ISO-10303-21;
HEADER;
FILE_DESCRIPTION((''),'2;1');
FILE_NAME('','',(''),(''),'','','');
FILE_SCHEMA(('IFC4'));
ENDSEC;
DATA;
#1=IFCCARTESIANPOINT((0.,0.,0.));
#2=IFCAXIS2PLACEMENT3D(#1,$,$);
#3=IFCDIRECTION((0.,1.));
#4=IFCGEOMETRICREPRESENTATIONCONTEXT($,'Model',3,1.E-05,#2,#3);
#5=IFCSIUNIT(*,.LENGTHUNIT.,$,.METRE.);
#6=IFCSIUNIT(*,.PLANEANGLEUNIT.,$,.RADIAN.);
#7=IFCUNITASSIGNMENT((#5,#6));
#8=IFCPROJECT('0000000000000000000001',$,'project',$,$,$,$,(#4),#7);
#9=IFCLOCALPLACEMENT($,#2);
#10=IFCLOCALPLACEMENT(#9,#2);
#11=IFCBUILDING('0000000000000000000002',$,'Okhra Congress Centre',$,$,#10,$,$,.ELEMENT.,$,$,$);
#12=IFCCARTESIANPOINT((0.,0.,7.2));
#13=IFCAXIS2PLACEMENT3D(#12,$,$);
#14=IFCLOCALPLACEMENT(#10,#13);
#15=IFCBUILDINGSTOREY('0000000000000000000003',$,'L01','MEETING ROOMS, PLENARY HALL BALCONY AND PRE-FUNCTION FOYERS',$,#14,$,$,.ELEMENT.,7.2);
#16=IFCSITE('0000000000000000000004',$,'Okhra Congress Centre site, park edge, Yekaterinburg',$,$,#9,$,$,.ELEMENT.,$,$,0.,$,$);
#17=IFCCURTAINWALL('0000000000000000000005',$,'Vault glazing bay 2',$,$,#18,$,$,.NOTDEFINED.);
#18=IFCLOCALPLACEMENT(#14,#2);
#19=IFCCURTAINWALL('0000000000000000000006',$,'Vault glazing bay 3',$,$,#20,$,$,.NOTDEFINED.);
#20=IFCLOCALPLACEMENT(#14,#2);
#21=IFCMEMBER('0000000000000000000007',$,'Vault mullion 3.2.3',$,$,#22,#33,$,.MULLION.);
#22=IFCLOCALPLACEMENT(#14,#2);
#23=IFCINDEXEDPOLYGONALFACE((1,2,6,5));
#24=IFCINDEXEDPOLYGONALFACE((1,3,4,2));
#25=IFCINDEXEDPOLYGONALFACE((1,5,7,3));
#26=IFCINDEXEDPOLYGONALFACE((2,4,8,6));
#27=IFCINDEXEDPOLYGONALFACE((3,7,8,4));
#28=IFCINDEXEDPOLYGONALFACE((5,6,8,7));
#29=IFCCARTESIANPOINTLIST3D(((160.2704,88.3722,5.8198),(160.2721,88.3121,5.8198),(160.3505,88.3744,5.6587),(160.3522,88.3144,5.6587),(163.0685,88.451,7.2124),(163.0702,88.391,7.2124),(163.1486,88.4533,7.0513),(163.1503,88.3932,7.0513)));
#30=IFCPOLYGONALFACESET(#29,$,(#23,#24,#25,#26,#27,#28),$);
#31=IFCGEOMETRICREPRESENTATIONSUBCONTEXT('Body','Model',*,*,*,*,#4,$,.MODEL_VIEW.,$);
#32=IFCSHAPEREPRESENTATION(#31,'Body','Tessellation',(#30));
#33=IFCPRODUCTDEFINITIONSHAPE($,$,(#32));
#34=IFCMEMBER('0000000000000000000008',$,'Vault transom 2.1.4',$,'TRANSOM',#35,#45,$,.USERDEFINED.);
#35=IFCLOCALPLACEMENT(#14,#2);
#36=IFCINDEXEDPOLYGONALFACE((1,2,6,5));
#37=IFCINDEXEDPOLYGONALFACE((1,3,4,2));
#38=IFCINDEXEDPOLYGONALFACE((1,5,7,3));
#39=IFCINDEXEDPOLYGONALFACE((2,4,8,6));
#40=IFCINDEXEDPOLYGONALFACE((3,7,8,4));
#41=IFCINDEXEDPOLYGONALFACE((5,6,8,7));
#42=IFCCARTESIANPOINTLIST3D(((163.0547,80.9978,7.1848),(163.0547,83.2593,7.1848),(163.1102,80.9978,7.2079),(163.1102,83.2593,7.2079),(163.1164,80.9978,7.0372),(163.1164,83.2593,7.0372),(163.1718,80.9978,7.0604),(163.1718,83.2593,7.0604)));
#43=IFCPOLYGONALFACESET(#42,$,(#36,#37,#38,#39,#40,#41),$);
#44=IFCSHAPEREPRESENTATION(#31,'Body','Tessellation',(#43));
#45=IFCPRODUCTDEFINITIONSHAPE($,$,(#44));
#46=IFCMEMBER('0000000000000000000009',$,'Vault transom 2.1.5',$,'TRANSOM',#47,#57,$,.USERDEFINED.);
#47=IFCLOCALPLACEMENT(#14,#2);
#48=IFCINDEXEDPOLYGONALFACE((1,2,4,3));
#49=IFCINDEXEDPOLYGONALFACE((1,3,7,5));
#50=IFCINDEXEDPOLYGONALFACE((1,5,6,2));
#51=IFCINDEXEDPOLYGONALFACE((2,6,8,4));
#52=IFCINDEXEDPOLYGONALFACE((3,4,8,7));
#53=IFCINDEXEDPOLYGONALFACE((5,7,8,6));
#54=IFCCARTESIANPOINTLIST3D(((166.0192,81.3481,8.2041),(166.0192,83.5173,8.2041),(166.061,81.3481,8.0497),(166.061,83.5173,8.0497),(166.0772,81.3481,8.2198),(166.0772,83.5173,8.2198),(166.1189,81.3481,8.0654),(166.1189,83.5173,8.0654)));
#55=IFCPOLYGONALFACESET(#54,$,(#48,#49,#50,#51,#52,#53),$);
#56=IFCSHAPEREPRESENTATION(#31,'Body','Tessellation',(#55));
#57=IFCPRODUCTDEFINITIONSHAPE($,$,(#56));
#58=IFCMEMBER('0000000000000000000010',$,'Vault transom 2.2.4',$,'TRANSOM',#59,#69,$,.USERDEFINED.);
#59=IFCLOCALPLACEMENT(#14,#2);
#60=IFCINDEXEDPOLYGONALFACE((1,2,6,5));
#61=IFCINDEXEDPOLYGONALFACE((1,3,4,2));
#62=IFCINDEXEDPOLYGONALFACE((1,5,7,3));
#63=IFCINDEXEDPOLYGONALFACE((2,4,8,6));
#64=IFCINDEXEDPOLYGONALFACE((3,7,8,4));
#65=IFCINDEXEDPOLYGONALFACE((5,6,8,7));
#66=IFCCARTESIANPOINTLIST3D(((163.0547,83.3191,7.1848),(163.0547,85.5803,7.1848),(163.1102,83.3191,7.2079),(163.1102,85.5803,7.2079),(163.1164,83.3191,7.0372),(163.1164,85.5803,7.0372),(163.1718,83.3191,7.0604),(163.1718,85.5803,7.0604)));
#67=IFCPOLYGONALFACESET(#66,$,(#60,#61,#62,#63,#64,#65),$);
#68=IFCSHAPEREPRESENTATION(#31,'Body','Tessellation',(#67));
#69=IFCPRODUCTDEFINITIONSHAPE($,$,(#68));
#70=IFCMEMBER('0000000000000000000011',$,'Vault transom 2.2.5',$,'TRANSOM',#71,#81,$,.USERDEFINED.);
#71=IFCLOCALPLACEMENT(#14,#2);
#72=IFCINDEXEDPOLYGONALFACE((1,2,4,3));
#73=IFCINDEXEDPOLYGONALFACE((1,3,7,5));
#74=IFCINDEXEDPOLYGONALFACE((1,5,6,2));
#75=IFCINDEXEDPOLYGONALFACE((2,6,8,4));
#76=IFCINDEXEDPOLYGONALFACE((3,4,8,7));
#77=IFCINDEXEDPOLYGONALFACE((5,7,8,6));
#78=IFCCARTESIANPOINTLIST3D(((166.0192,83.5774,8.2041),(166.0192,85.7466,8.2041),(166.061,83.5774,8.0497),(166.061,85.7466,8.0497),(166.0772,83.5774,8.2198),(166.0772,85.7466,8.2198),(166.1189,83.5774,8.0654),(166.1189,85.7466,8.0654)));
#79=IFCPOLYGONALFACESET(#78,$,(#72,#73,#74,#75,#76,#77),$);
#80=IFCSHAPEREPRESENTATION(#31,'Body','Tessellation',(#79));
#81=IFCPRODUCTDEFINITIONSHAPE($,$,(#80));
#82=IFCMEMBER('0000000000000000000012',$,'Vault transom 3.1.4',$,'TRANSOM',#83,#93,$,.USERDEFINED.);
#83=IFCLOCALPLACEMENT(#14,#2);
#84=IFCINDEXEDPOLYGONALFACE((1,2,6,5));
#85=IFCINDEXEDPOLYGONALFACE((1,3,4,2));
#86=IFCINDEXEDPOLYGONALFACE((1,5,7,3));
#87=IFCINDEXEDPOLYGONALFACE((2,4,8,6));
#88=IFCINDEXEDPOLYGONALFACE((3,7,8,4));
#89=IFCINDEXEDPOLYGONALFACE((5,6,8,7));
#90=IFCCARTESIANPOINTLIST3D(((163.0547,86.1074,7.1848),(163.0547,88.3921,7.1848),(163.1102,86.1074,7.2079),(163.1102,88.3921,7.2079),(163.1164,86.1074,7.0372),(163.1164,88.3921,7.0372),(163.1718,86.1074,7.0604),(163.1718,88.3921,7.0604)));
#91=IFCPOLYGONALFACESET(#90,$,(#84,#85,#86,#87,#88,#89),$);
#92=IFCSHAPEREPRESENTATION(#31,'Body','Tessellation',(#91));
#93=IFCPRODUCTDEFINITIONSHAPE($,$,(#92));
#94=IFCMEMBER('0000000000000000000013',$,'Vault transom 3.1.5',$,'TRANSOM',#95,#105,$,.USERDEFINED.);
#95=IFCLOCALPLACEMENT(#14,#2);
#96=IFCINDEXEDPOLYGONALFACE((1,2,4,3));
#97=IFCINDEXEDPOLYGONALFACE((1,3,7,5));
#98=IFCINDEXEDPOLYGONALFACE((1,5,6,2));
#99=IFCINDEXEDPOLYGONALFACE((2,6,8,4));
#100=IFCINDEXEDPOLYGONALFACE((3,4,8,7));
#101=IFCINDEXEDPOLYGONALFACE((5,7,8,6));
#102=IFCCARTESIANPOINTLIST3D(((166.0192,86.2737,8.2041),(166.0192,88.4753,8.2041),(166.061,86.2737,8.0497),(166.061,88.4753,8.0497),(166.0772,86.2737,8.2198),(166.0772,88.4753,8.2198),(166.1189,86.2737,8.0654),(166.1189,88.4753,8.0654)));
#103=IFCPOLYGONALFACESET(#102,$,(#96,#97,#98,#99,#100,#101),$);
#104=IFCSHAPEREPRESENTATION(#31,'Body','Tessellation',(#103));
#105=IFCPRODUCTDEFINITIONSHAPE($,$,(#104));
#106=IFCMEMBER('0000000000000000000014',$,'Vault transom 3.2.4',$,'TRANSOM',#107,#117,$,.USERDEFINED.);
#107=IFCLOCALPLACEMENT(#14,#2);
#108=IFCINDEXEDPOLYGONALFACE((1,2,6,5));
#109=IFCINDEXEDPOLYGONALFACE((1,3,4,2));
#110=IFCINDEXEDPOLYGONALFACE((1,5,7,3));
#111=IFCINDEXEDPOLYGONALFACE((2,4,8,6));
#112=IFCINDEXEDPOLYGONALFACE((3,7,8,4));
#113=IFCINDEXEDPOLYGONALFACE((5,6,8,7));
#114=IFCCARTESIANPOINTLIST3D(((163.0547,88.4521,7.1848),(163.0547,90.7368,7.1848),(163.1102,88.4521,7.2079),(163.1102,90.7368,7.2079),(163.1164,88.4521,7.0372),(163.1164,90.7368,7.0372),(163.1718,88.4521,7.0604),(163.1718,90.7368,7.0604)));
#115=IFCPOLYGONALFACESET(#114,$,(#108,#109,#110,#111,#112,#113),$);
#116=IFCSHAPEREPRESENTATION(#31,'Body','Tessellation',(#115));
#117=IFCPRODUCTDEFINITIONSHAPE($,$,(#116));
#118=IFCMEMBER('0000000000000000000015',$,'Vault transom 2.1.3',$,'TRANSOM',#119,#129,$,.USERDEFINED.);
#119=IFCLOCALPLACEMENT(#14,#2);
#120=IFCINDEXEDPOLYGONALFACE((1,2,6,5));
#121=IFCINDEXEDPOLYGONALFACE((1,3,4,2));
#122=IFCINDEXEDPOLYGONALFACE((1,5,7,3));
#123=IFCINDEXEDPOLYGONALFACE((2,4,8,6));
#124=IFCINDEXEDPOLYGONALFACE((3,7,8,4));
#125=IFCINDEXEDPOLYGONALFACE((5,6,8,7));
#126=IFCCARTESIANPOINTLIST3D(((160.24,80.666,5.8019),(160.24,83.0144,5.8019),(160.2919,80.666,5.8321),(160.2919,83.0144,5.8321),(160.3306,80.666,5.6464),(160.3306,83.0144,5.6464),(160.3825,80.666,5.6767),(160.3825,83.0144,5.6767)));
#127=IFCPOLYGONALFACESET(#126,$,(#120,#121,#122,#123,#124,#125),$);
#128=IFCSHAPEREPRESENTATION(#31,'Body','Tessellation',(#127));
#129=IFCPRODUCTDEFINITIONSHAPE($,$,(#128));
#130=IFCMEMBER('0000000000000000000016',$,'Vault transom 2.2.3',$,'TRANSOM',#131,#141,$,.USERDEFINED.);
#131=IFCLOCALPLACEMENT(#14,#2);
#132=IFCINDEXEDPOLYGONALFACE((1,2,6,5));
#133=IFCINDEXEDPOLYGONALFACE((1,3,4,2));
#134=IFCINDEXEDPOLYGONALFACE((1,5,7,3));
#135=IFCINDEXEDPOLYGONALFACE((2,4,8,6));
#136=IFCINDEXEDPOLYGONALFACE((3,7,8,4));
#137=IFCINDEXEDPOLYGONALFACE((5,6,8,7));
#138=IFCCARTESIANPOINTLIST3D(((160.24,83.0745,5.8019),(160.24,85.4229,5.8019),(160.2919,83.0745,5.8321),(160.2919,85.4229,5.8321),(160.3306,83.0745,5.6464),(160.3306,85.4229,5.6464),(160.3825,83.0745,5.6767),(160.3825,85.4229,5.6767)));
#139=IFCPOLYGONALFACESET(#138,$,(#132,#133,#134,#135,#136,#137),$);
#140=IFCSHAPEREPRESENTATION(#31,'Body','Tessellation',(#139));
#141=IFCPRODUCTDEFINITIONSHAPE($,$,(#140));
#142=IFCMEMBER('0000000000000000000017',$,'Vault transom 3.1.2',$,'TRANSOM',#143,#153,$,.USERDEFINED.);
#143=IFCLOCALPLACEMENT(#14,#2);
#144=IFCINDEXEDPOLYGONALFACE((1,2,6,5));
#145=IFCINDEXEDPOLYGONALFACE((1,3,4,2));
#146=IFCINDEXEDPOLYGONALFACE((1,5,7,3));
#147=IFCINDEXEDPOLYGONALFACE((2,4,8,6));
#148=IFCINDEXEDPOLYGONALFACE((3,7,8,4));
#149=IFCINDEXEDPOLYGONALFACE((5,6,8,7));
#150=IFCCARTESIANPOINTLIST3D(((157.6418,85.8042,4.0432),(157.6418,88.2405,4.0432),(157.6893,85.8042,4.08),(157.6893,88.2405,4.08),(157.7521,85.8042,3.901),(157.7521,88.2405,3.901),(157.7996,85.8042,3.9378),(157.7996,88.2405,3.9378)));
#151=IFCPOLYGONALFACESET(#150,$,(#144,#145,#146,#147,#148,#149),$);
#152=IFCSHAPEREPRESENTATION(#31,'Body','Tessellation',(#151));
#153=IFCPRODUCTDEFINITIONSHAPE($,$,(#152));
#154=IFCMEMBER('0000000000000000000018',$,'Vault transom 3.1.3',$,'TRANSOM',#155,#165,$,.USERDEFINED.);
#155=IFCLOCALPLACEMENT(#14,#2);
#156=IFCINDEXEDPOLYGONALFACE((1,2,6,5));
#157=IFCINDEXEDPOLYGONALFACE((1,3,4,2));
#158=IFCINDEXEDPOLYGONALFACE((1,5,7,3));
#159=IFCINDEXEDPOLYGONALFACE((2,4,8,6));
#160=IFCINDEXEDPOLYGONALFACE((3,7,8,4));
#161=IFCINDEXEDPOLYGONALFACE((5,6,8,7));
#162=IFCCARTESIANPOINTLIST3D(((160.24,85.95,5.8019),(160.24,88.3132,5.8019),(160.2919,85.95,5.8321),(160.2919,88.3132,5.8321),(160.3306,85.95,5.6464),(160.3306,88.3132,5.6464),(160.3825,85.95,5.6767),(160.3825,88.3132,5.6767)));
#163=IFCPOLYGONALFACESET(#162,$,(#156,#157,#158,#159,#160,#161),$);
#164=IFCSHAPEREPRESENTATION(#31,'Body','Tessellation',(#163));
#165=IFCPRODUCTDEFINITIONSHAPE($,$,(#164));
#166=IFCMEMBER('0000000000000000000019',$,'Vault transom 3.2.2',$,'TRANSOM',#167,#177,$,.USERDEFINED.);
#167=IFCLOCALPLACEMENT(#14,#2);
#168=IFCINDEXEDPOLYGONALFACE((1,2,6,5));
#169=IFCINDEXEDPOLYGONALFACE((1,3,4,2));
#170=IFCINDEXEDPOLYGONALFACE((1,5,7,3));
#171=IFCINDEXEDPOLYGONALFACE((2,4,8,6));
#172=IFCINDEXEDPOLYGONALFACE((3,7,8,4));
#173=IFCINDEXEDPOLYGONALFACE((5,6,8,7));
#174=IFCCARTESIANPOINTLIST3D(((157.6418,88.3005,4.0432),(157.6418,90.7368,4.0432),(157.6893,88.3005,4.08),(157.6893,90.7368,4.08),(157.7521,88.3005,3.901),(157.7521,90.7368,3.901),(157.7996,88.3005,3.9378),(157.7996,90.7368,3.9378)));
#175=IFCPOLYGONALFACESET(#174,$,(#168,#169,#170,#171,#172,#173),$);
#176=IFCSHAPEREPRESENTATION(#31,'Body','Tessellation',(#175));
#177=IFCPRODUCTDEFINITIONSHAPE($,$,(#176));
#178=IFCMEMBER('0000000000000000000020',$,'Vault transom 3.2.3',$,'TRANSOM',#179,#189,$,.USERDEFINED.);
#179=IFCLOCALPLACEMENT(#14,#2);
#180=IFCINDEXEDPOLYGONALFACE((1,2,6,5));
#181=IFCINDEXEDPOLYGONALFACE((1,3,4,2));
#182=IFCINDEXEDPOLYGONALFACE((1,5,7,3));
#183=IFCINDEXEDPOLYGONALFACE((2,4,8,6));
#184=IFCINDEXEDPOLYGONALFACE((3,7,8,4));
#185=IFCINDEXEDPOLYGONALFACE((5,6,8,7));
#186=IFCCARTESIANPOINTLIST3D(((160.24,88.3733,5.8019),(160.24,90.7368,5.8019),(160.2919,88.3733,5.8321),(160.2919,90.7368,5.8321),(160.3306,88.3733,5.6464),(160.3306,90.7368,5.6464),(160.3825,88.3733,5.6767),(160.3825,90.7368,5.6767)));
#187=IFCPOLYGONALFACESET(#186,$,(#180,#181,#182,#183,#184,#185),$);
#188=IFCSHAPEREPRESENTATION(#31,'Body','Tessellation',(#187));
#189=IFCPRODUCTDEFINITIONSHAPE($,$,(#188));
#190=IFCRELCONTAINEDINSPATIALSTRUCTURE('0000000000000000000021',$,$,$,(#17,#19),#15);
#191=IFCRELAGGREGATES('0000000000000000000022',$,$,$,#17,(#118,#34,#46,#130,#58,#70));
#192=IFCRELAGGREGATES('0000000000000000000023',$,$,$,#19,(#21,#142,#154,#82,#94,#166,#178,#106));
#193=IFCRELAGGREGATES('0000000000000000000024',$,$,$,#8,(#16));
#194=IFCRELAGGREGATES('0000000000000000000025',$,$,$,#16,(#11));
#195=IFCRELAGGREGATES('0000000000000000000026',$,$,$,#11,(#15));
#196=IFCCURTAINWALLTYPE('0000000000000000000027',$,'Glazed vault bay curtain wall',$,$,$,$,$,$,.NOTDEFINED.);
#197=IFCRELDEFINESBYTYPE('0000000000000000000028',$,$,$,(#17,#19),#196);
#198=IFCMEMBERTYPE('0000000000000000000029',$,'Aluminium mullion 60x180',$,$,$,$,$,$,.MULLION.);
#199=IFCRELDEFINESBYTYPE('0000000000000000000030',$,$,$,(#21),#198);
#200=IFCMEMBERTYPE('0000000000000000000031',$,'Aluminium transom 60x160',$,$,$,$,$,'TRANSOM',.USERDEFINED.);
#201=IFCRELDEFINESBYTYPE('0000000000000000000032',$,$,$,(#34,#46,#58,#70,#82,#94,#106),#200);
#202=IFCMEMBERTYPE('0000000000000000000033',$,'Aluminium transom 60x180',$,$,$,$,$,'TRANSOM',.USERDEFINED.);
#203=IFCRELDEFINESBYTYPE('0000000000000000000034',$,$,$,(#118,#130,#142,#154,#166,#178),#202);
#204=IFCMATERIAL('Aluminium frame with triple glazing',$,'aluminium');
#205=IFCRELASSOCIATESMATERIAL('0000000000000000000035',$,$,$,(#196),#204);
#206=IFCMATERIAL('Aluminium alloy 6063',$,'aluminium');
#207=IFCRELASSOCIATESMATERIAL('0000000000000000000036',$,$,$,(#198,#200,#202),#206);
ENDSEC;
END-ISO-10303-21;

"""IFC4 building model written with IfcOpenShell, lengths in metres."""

from ifc_helpers import new_model, si_unit, direction, frame, origin, origin_2d, place, context, subcontext, project, spatial, rectangle, extrude, material, material_profile, profile_set, type_object, element, aggregate, save


model = new_model("IFC4")

# Units and contexts
model_context = context("Model", 3, precision=1e-05, world=origin(), true_north=direction((0.0, 1.0)))
body_context = subcontext(model_context, "Body", "Model", "MODEL_VIEW")
ifc_project = project(units=[si_unit("LENGTHUNIT", "METRE"), si_unit("PLANEANGLEUNIT", "RADIAN")], contexts=[model_context])

# Site, building, storey
site_placement = place(None, origin())
site = spatial("IfcSite", under=ifc_project, at=site_placement, Name="Okhra Congress Centre site, park edge, Yekaterinburg", CompositionType="ELEMENT", RefElevation=0.0)
building_placement = place(site_placement, origin())
building = spatial("IfcBuilding", under=site, at=building_placement, Name="Okhra Congress Centre", CompositionType="ELEMENT")
storey_placement = place(building_placement, frame((0.0, 0.0, 7.2)))
storey = spatial("IfcBuildingStorey", under=building, at=storey_placement, Name="L01", Description="MEETING ROOMS, PLENARY HALL BALCONY AND PRE-FUNCTION FOYERS", CompositionType="ELEMENT", Elevation=7.2)

# Shared definitions
ifc_material_1 = material(Name="Aluminium frame with triple glazing", Category="aluminium")
curtain_wall_type = type_object("IfcCurtainWallType", Name="Glazed vault bay curtain wall", PredefinedType="NOTDEFINED", material=ifc_material_1)
ifc_material_2 = material(Name="Aluminium alloy 6063", Category="aluminium")

# Curtain walls
curtain_wall_1_placement = place(storey_placement, origin())
curtain_wall_1 = element("IfcCurtainWall", 1, at=curtain_wall_1_placement, inside=storey, type_object=curtain_wall_type, Name="Vault glazing bay 2", PredefinedType="NOTDEFINED")
curtain_wall_2_placement = place(storey_placement, origin())
curtain_wall_2 = element("IfcCurtainWall", 2, at=curtain_wall_2_placement, inside=storey, type_object=curtain_wall_type, Name="Vault glazing bay 3", PredefinedType="NOTDEFINED")

# Members
ifc_material_profile_1 = material_profile(ifc_material_2, rectangle(XDim=0.0601, YDim=0.1799, at=origin_2d()), Name="AL 60x180")
ifc_profile_set_1 = profile_set([ifc_material_profile_1], Name="Aluminium alloy 6063")
member_type_1 = type_object("IfcMemberType", Name="Aluminium mullion 60x180", PredefinedType="MULLION", material=ifc_profile_set_1)
member_1_placement = place(storey_placement, frame((160.3113, 88.3433, 5.7393), z_axis=(0.894969, 0.025222, 0.445415), x_axis=(-0.028171, 0.999603, 0.0)))
member_1 = element("IfcMember", 3, at=member_1_placement, type_object=member_type_1, Name="Vault mullion 3.2.3", PredefinedType="MULLION", context=body_context, shape_type="SweptSolid", body=[
    extrude(rectangle(XDim=0.0601, YDim=0.1799, at=origin_2d()), origin(), (0.0, 0.0, 1.0), 3.1265),
])
ifc_material_profile_2 = material_profile(ifc_material_2, rectangle(XDim=0.0601, YDim=0.1599, at=origin_2d()), Name="AL 60x160 transom")
ifc_profile_set_2 = profile_set([ifc_material_profile_2], Name="Aluminium alloy 6063")
member_type_2 = type_object("IfcMemberType", Name="Aluminium transom 60x160", ElementType="TRANSOM", PredefinedType="USERDEFINED", material=ifc_profile_set_2)
member_2_placement = place(storey_placement, frame((163.1133, 80.9978, 7.1226), z_axis=(0.0, 1.0, 0.0), x_axis=(-0.922669, 0.0, -0.385593)))
member_2 = element("IfcMember", 4, at=member_2_placement, type_object=member_type_2, Name="Vault transom 2.1.4", ObjectType="TRANSOM", PredefinedType="USERDEFINED", context=body_context, shape_type="SweptSolid", body=[
    extrude(rectangle(XDim=0.0601, YDim=0.1599, at=origin_2d()), origin(), (0.0, 0.0, 1.0), 2.2615),
])
member_3_placement = place(storey_placement, frame((166.0691, 81.3481, 8.1348), z_axis=(0.0, 1.0, 0.0), x_axis=(-0.96538, 0.0, -0.260848)))
member_3 = element("IfcMember", 5, at=member_3_placement, type_object=member_type_2, Name="Vault transom 2.1.5", ObjectType="TRANSOM", PredefinedType="USERDEFINED", context=body_context, shape_type="SweptSolid", body=[
    extrude(rectangle(XDim=0.0601, YDim=0.1599, at=origin_2d()), origin(), (0.0, 0.0, 1.0), 2.1692),
])
member_4_placement = place(storey_placement, frame((163.1133, 83.3191, 7.1226), z_axis=(0.0, 1.0, 0.0), x_axis=(-0.922669, 0.0, -0.385593)))
member_4 = element("IfcMember", 6, at=member_4_placement, type_object=member_type_2, Name="Vault transom 2.2.4", ObjectType="TRANSOM", PredefinedType="USERDEFINED", context=body_context, shape_type="SweptSolid", body=[
    extrude(rectangle(XDim=0.0601, YDim=0.1599, at=origin_2d()), origin(), (0.0, 0.0, 1.0), 2.2612),
])
member_5_placement = place(storey_placement, frame((166.0691, 83.5774, 8.1348), z_axis=(0.0, 1.0, 0.0), x_axis=(-0.96538, 0.0, -0.260848)))
member_5 = element("IfcMember", 7, at=member_5_placement, type_object=member_type_2, Name="Vault transom 2.2.5", ObjectType="TRANSOM", PredefinedType="USERDEFINED", context=body_context, shape_type="SweptSolid", body=[
    extrude(rectangle(XDim=0.0601, YDim=0.1599, at=origin_2d()), origin(), (0.0, 0.0, 1.0), 2.1692),
])
member_6_placement = place(storey_placement, frame((163.1133, 86.1074, 7.1226), z_axis=(0.0, 1.0, 0.0), x_axis=(-0.922669, 0.0, -0.385593)))
member_6 = element("IfcMember", 8, at=member_6_placement, type_object=member_type_2, Name="Vault transom 3.1.4", ObjectType="TRANSOM", PredefinedType="USERDEFINED", context=body_context, shape_type="SweptSolid", body=[
    extrude(rectangle(XDim=0.0601, YDim=0.1599, at=origin_2d()), origin(), (0.0, 0.0, 1.0), 2.2847),
])
member_7_placement = place(storey_placement, frame((166.0691, 86.2737, 8.1348), z_axis=(0.0, 1.0, 0.0), x_axis=(-0.96538, 0.0, -0.260848)))
member_7 = element("IfcMember", 9, at=member_7_placement, type_object=member_type_2, Name="Vault transom 3.1.5", ObjectType="TRANSOM", PredefinedType="USERDEFINED", context=body_context, shape_type="SweptSolid", body=[
    extrude(rectangle(XDim=0.0601, YDim=0.1599, at=origin_2d()), origin(), (0.0, 0.0, 1.0), 2.2017),
])
member_8_placement = place(storey_placement, frame((163.1133, 88.4521, 7.1226), z_axis=(0.0, 1.0, 0.0), x_axis=(-0.922669, 0.0, -0.385593)))
member_8 = element("IfcMember", 10, at=member_8_placement, type_object=member_type_2, Name="Vault transom 3.2.4", ObjectType="TRANSOM", PredefinedType="USERDEFINED", context=body_context, shape_type="SweptSolid", body=[
    extrude(rectangle(XDim=0.0601, YDim=0.1599, at=origin_2d()), origin(), (0.0, 0.0, 1.0), 2.2847),
])
ifc_material_profile_3 = material_profile(ifc_material_2, rectangle(XDim=0.0601, YDim=0.1799, at=origin_2d()), Name="AL 60x180 transom")
ifc_profile_set_3 = profile_set([ifc_material_profile_3], Name="Aluminium alloy 6063")
member_type_3 = type_object("IfcMemberType", Name="Aluminium transom 60x180", ElementType="TRANSOM", PredefinedType="USERDEFINED", material=ifc_profile_set_3)
member_9_placement = place(storey_placement, frame((160.3113, 80.666, 5.7393), z_axis=(0.0, 1.0, 0.0), x_axis=(-0.863917, 0.0, -0.503634)))
member_9 = element("IfcMember", 11, at=member_9_placement, type_object=member_type_3, Name="Vault transom 2.1.3", ObjectType="TRANSOM", PredefinedType="USERDEFINED", context=body_context, shape_type="SweptSolid", body=[
    extrude(rectangle(XDim=0.0601, YDim=0.1799, at=origin_2d()), origin(), (0.0, 0.0, 1.0), 2.3484),
])
member_10_placement = place(storey_placement, frame((160.3113, 83.0745, 5.7393), z_axis=(0.0, 1.0, 0.0), x_axis=(-0.863917, 0.0, -0.503634)))
member_10 = element("IfcMember", 12, at=member_10_placement, type_object=member_type_3, Name="Vault transom 2.2.3", ObjectType="TRANSOM", PredefinedType="USERDEFINED", context=body_context, shape_type="SweptSolid", body=[
    extrude(rectangle(XDim=0.0601, YDim=0.1799, at=origin_2d()), origin(), (0.0, 0.0, 1.0), 2.3484),
])
member_11_placement = place(storey_placement, frame((157.7207, 85.8042, 3.9905), z_axis=(0.0, 1.0, 0.0), x_axis=(-0.790145, 0.0, -0.61292)))
member_11 = element("IfcMember", 13, at=member_11_placement, type_object=member_type_3, Name="Vault transom 3.1.2", ObjectType="TRANSOM", PredefinedType="USERDEFINED", context=body_context, shape_type="SweptSolid", body=[
    extrude(rectangle(XDim=0.0601, YDim=0.1799, at=origin_2d()), origin(), (0.0, 0.0, 1.0), 2.4363),
])
member_12_placement = place(storey_placement, frame((160.3113, 85.95, 5.7393), z_axis=(0.0, 1.0, 0.0), x_axis=(-0.863917, 0.0, -0.503634)))
member_12 = element("IfcMember", 14, at=member_12_placement, type_object=member_type_3, Name="Vault transom 3.1.3", ObjectType="TRANSOM", PredefinedType="USERDEFINED", context=body_context, shape_type="SweptSolid", body=[
    extrude(rectangle(XDim=0.0601, YDim=0.1799, at=origin_2d()), origin(), (0.0, 0.0, 1.0), 2.3633),
])
member_13_placement = place(storey_placement, frame((157.7207, 88.3005, 3.9905), z_axis=(0.0, 1.0, 0.0), x_axis=(-0.790145, 0.0, -0.61292)))
member_13 = element("IfcMember", 15, at=member_13_placement, type_object=member_type_3, Name="Vault transom 3.2.2", ObjectType="TRANSOM", PredefinedType="USERDEFINED", context=body_context, shape_type="SweptSolid", body=[
    extrude(rectangle(XDim=0.0601, YDim=0.1799, at=origin_2d()), origin(), (0.0, 0.0, 1.0), 2.4363),
])
member_14_placement = place(storey_placement, frame((160.3113, 88.3733, 5.7393), z_axis=(0.0, 1.0, 0.0), x_axis=(-0.863917, 0.0, -0.503634)))
member_14 = element("IfcMember", 16, at=member_14_placement, type_object=member_type_3, Name="Vault transom 3.2.3", ObjectType="TRANSOM", PredefinedType="USERDEFINED", context=body_context, shape_type="SweptSolid", body=[
    extrude(rectangle(XDim=0.0601, YDim=0.1799, at=origin_2d()), origin(), (0.0, 0.0, 1.0), 2.3635),
])

aggregate(curtain_wall_1, [member_9, member_2, member_3, member_10, member_4, member_5])
aggregate(curtain_wall_2, [member_1, member_11, member_12, member_6, member_7, member_13, member_14, member_8])

save(model, "model.ifc")
